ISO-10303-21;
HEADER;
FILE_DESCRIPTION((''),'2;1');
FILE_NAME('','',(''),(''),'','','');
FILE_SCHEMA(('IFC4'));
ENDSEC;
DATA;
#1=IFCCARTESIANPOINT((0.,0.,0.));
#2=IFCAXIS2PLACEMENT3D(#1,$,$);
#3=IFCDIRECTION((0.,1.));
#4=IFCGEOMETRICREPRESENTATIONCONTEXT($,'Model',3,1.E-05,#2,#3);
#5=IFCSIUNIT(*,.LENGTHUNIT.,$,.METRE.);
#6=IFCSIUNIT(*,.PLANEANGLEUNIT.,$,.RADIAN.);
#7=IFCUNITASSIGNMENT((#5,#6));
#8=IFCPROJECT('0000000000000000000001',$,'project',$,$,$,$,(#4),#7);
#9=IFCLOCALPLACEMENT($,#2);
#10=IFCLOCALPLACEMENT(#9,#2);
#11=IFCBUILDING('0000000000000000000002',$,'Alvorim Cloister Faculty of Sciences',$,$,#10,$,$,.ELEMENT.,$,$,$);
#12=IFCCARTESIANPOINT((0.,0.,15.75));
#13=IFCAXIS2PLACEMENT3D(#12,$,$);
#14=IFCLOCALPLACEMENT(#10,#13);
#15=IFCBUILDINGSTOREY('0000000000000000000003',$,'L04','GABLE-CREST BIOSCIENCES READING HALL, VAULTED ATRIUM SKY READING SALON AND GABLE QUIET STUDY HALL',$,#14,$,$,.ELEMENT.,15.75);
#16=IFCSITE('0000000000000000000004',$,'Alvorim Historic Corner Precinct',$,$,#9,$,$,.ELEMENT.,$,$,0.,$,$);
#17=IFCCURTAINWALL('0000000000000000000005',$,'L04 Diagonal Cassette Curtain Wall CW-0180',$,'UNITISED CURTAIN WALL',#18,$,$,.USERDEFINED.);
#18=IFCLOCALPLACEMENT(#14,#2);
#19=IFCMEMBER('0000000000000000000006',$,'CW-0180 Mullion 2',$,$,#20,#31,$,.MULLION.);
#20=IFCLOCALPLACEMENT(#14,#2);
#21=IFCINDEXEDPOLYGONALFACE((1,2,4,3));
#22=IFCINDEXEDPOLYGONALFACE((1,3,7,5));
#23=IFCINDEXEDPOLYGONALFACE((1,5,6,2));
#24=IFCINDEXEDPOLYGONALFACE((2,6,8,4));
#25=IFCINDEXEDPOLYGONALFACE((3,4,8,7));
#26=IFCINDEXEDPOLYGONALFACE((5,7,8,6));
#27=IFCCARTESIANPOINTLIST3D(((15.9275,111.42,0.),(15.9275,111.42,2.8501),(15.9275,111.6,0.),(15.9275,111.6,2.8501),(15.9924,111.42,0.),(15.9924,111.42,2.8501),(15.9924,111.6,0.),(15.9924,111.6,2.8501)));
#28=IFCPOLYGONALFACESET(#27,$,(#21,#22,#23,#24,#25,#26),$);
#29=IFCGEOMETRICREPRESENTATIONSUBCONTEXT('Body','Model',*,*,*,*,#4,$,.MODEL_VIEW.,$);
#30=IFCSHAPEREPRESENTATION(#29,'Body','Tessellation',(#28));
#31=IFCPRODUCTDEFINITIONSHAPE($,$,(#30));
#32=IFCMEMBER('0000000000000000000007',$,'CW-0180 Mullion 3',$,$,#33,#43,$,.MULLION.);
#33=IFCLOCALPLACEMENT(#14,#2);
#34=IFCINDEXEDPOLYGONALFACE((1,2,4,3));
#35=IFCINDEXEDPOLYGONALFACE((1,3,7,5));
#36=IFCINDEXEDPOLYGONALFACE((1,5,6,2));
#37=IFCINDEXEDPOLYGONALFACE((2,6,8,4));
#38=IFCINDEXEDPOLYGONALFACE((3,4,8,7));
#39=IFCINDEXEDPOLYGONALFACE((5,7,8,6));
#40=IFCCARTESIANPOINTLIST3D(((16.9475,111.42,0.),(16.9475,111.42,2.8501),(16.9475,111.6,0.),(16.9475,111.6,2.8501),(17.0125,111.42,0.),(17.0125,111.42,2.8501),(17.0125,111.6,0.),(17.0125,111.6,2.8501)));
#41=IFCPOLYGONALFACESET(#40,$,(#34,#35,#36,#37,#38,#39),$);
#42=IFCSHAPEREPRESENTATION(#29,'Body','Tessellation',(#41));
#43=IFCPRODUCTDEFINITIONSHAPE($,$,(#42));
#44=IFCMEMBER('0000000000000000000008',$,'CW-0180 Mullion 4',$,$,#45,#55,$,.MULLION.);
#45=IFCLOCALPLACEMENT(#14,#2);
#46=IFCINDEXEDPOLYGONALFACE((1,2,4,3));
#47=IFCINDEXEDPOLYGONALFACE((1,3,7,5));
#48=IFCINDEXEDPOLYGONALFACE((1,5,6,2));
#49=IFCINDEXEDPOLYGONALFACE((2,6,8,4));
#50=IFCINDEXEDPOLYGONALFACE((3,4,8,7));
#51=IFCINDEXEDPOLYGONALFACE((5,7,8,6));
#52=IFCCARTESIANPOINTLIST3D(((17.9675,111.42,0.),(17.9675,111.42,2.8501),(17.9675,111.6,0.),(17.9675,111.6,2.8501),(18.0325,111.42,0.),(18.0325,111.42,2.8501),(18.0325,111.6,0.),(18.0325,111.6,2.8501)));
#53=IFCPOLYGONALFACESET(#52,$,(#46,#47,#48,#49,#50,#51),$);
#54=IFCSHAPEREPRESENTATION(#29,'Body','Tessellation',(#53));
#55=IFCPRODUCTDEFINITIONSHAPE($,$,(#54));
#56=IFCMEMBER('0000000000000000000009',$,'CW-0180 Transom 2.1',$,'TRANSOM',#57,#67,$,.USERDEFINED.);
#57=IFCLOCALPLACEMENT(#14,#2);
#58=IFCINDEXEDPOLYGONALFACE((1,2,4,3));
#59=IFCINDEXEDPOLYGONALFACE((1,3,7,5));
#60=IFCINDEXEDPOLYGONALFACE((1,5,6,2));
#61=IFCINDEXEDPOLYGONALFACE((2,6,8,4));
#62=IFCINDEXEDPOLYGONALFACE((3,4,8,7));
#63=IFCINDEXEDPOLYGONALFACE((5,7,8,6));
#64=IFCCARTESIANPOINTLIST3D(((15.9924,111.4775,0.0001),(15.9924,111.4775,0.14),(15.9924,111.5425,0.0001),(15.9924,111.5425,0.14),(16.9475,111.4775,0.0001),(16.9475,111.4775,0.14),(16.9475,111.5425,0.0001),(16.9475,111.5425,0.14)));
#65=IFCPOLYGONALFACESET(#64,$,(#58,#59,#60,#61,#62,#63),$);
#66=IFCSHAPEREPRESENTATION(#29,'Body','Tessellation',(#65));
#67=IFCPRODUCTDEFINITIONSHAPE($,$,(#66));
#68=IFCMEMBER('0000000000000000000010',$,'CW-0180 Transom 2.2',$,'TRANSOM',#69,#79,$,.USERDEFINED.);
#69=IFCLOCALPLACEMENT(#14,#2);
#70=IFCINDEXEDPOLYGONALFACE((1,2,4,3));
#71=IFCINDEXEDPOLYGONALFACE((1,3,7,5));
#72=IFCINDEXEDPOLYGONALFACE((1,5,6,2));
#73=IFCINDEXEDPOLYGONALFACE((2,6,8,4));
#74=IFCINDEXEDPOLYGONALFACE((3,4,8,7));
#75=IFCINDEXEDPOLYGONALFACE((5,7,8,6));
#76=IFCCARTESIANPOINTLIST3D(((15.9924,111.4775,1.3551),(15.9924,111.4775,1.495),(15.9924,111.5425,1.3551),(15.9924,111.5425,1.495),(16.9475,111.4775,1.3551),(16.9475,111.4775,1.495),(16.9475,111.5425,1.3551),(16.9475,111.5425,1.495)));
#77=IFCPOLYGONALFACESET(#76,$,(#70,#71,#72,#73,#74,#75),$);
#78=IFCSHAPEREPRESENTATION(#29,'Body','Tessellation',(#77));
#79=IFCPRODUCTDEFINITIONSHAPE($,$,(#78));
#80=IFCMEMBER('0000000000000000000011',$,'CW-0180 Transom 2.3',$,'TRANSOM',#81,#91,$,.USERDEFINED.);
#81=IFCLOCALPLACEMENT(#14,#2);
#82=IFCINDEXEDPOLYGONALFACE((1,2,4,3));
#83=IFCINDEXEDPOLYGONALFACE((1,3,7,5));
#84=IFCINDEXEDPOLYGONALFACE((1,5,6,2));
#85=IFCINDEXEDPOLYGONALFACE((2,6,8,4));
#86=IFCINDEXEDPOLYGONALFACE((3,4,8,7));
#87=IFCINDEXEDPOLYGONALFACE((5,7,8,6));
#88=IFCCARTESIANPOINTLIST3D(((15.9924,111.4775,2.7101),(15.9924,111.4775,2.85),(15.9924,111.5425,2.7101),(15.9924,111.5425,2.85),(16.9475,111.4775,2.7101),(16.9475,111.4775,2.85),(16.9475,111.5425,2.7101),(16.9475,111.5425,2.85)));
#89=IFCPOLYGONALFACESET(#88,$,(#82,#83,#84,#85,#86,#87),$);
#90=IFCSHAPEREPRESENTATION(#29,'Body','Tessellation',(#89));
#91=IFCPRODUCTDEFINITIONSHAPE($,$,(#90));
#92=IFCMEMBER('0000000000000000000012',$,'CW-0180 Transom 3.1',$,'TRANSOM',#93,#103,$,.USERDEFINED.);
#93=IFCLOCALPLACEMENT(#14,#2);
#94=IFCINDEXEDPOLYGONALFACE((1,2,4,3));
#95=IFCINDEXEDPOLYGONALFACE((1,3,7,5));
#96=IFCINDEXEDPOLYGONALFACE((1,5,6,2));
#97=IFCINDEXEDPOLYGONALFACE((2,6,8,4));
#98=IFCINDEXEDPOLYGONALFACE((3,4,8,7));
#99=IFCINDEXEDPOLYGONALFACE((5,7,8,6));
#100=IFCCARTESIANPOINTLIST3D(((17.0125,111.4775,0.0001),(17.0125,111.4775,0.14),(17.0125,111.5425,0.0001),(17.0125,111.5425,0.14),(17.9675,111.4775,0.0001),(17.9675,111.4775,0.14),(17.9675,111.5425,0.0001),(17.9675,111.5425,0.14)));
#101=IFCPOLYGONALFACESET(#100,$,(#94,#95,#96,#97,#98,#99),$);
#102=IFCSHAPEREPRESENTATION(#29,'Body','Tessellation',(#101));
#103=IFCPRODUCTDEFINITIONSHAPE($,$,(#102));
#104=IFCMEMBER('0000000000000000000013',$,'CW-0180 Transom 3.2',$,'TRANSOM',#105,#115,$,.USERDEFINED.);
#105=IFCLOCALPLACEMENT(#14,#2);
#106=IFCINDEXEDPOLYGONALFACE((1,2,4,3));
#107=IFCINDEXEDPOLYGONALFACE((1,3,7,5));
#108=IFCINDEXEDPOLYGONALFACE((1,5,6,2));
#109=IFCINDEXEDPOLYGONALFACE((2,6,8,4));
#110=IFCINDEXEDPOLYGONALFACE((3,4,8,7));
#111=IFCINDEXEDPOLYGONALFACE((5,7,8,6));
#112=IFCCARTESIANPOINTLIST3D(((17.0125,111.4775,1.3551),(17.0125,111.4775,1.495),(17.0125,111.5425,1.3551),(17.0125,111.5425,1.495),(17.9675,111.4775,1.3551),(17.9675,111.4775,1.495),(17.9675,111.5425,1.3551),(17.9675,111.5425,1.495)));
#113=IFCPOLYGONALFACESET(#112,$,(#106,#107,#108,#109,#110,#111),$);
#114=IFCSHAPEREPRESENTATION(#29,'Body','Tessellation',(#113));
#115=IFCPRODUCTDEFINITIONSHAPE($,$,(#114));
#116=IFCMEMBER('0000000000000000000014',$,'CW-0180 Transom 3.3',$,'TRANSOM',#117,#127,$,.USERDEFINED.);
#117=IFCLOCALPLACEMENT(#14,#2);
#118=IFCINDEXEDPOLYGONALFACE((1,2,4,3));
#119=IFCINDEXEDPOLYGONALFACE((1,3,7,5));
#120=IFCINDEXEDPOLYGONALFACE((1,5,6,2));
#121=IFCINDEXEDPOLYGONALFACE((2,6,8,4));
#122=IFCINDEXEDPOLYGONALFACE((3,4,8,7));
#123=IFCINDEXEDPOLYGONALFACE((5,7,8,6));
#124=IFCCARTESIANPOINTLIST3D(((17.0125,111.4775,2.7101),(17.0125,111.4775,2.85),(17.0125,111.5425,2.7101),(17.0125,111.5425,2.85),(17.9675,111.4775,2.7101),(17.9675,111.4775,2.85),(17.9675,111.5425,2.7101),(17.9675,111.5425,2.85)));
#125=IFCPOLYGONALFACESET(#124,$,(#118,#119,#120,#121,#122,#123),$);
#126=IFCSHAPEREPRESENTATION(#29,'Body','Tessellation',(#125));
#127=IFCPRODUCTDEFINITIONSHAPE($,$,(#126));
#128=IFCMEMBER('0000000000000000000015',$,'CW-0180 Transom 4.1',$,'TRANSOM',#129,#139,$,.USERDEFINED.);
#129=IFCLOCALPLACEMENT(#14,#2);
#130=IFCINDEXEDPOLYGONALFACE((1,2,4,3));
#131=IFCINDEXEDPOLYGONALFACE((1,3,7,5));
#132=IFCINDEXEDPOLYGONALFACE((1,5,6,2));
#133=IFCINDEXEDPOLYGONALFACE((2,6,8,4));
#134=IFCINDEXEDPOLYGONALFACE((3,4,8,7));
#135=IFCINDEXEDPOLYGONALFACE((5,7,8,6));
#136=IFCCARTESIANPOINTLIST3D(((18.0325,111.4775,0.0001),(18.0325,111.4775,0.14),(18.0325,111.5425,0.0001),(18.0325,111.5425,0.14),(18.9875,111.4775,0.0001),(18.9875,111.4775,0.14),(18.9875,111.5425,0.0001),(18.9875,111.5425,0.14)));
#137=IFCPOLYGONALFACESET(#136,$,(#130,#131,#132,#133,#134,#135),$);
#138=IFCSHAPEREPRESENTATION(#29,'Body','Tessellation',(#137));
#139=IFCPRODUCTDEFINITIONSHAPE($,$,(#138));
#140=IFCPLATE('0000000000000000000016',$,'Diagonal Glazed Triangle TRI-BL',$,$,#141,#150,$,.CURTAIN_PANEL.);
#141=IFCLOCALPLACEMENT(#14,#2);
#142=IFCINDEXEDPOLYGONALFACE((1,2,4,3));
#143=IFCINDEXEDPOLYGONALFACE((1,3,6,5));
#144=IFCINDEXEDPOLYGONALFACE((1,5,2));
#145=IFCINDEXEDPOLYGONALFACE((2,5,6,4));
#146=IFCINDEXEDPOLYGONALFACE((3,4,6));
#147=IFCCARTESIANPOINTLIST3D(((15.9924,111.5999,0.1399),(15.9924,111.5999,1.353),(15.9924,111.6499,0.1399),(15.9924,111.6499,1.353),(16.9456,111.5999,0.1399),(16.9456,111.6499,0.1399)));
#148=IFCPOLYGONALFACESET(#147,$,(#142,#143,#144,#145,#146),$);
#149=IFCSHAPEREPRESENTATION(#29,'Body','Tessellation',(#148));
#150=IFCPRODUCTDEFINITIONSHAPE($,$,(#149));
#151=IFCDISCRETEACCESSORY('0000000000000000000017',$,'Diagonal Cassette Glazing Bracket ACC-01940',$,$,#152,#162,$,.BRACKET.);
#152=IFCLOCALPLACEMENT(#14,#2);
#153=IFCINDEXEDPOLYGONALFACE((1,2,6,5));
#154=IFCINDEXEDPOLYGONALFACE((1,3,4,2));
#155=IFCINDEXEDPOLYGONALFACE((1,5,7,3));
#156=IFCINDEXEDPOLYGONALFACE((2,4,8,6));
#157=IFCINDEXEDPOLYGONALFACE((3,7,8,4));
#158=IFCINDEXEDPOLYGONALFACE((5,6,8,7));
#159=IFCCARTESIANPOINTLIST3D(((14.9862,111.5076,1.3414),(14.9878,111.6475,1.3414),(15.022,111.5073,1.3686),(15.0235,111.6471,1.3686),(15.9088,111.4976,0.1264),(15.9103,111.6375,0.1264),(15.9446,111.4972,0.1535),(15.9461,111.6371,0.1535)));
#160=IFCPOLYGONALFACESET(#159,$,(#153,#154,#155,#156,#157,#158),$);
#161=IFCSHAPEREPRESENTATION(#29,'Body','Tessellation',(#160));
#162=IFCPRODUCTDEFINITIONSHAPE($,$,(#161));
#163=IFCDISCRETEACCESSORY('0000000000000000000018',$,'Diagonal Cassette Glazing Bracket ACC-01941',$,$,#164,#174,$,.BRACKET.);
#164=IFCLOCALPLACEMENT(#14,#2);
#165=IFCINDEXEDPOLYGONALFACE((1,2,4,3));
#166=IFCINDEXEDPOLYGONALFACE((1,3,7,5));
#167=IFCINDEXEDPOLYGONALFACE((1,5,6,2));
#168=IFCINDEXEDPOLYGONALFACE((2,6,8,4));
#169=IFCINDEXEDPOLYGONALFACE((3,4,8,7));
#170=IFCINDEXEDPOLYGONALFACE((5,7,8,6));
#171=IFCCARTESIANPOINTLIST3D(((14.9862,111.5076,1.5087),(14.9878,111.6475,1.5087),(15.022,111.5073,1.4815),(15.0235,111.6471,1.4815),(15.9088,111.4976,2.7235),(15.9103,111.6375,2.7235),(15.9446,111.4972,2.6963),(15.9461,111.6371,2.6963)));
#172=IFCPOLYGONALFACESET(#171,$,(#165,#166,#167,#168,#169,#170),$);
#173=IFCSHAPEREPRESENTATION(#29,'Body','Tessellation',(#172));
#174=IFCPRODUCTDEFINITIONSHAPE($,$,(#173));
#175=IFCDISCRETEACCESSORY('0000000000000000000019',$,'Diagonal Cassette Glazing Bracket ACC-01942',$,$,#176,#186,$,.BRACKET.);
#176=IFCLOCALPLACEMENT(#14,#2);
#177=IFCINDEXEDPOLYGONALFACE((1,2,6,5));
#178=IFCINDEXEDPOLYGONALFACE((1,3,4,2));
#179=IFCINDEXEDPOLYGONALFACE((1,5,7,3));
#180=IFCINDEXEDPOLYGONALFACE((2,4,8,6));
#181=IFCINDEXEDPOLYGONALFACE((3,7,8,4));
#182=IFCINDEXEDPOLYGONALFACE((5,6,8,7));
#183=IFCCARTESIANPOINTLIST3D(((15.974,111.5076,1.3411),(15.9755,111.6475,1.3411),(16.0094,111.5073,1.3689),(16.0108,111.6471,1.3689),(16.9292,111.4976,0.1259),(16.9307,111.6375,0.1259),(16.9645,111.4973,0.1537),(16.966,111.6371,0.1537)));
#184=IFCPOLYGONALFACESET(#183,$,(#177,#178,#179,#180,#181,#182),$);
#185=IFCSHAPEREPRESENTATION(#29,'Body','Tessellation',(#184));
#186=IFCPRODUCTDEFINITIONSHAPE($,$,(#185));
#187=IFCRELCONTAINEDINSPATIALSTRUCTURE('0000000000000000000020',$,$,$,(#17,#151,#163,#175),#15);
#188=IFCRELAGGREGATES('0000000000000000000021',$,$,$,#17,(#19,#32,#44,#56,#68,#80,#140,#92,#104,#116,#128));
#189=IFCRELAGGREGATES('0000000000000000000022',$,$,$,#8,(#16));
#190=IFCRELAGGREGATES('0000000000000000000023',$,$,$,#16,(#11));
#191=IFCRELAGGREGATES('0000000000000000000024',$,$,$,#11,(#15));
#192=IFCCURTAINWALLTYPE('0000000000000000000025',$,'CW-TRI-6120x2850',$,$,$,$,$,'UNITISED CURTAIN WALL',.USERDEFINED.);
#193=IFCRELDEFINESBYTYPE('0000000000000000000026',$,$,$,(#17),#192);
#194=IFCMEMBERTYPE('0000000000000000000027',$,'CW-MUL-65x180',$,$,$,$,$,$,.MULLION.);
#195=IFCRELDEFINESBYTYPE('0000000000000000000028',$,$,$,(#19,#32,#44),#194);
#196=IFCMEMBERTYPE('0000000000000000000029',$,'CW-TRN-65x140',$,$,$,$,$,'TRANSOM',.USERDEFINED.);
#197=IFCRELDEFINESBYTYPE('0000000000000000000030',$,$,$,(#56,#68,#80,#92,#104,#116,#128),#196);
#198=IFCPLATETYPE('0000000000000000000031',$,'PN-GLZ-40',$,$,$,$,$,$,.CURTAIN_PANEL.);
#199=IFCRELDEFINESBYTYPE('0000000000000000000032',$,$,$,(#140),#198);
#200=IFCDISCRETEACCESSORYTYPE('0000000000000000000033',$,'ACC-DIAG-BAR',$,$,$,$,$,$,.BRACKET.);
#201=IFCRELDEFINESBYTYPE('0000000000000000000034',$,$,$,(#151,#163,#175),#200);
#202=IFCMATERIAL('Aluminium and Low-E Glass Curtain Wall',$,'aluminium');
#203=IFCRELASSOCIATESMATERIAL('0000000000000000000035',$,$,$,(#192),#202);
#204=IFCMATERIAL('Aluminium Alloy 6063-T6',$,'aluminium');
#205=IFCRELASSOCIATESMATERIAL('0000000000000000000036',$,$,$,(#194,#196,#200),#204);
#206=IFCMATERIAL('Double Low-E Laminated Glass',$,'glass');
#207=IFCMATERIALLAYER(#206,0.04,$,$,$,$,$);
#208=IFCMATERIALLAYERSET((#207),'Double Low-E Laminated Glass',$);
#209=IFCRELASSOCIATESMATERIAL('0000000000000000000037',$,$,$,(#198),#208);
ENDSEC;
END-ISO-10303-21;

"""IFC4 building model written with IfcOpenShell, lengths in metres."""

from ifc_helpers import new_model, si_unit, direction, frame, origin, origin_2d, place, context, subcontext, project, spatial, polyline, rectangle, outline, extrude, material, layer, layer_set, material_profile, profile_set, type_object, element, aggregate, save


model = new_model("IFC4")

# Units and contexts
model_context = context("Model", 3, precision=1e-05, world=origin(), true_north=direction((0.0, 1.0)))
body_context = subcontext(model_context, "Body", "Model", "MODEL_VIEW")
ifc_project = project(units=[si_unit("LENGTHUNIT", "METRE"), si_unit("PLANEANGLEUNIT", "RADIAN")], contexts=[model_context])

# Site, building, storey
site_placement = place(None, origin())
site = spatial("IfcSite", under=ifc_project, at=site_placement, Name="Alvorim Historic Corner Precinct", CompositionType="ELEMENT", RefElevation=0.0)
building_placement = place(site_placement, origin())
building = spatial("IfcBuilding", under=site, at=building_placement, Name="Alvorim Cloister Faculty of Sciences", CompositionType="ELEMENT")
storey_placement = place(building_placement, frame((0.0, 0.0, 15.75)))
storey = spatial("IfcBuildingStorey", under=building, at=storey_placement, Name="L04", Description="GABLE-CREST BIOSCIENCES READING HALL, VAULTED ATRIUM SKY READING SALON AND GABLE QUIET STUDY HALL", CompositionType="ELEMENT", Elevation=15.75)

# Curtain wall, members, plate
ifc_material_1 = material(Name="Aluminium and Low-E Glass Curtain Wall", Category="aluminium")
curtain_wall_type = type_object("IfcCurtainWallType", Name="CW-TRI-6120x2850", ElementType="UNITISED CURTAIN WALL", PredefinedType="USERDEFINED", material=ifc_material_1)
curtain_wall_placement = place(storey_placement, origin())
curtain_wall = element("IfcCurtainWall", 1, at=curtain_wall_placement, inside=storey, type_object=curtain_wall_type, Name="L04 Diagonal Cassette Curtain Wall CW-0180", ObjectType="UNITISED CURTAIN WALL", PredefinedType="USERDEFINED")
ifc_material_2 = material(Name="Aluminium Alloy 6063-T6", Category="aluminium")
ifc_material_profile_1 = material_profile(ifc_material_2, rectangle(XDim=0.0649, YDim=0.1799, at=origin_2d()), Name="ALU-MUL-65x180")
ifc_profile_set_1 = profile_set([ifc_material_profile_1], Name="Aluminium Alloy 6063-T6")
member_type_1 = type_object("IfcMemberType", Name="CW-MUL-65x180", PredefinedType="MULLION", material=ifc_profile_set_1)
member_1_placement = place(storey_placement, frame((15.96, 111.51, 0.0), z_axis=(0.0, 0.0, 1.0), x_axis=(1.0, 0.0, 0.0)))
member_1 = element("IfcMember", 2, at=member_1_placement, type_object=member_type_1, Name="CW-0180 Mullion 2", PredefinedType="MULLION", context=body_context, shape_type="SweptSolid", body=[
    extrude(rectangle(XDim=0.0649, YDim=0.1799, at=origin_2d()), origin(), (0.0, 0.0, 1.0), 2.8501),
])
member_2_placement = place(storey_placement, frame((16.98, 111.51, 0.0), z_axis=(0.0, 0.0, 1.0), x_axis=(1.0, 0.0, 0.0)))
member_2 = element("IfcMember", 3, at=member_2_placement, type_object=member_type_1, Name="CW-0180 Mullion 3", PredefinedType="MULLION", context=body_context, shape_type="SweptSolid", body=[
    extrude(rectangle(XDim=0.0649, YDim=0.1799, at=origin_2d()), origin(), (0.0, 0.0, 1.0), 2.8501),
])
member_3_placement = place(storey_placement, frame((18.0, 111.51, 0.0), z_axis=(0.0, 0.0, 1.0), x_axis=(1.0, 0.0, 0.0)))
member_3 = element("IfcMember", 4, at=member_3_placement, type_object=member_type_1, Name="CW-0180 Mullion 4", PredefinedType="MULLION", context=body_context, shape_type="SweptSolid", body=[
    extrude(rectangle(XDim=0.0649, YDim=0.1799, at=origin_2d()), origin(), (0.0, 0.0, 1.0), 2.8501),
])
ifc_material_profile_2 = material_profile(ifc_material_2, rectangle(XDim=0.0649, YDim=0.1399, at=origin_2d()), Name="ALU-TRN-65x140")
ifc_profile_set_2 = profile_set([ifc_material_profile_2], Name="Aluminium Alloy 6063-T6")
member_type_2 = type_object("IfcMemberType", Name="CW-TRN-65x140", ElementType="TRANSOM", PredefinedType="USERDEFINED", material=ifc_profile_set_2)
member_4_placement = place(storey_placement, frame((15.9924, 111.51, 0.0701), z_axis=(1.0, 0.0, 0.0), x_axis=(0.0, 1.0, 0.0)))
member_4 = element("IfcMember", 5, at=member_4_placement, type_object=member_type_2, Name="CW-0180 Transom 2.1", ObjectType="TRANSOM", PredefinedType="USERDEFINED", context=body_context, shape_type="SweptSolid", body=[
    extrude(rectangle(XDim=0.0649, YDim=0.1399, at=origin_2d()), origin(), (0.0, 0.0, 1.0), 0.9551),
])
member_5_placement = place(storey_placement, frame((15.9924, 111.51, 1.425), z_axis=(1.0, 0.0, 0.0), x_axis=(0.0, 1.0, 0.0)))
member_5 = element("IfcMember", 6, at=member_5_placement, type_object=member_type_2, Name="CW-0180 Transom 2.2", ObjectType="TRANSOM", PredefinedType="USERDEFINED", context=body_context, shape_type="SweptSolid", body=[
    extrude(rectangle(XDim=0.0649, YDim=0.1399, at=origin_2d()), origin(), (0.0, 0.0, 1.0), 0.9551),
])
member_6_placement = place(storey_placement, frame((15.9924, 111.51, 2.78), z_axis=(1.0, 0.0, 0.0), x_axis=(0.0, 1.0, 0.0)))
member_6 = element("IfcMember", 7, at=member_6_placement, type_object=member_type_2, Name="CW-0180 Transom 2.3", ObjectType="TRANSOM", PredefinedType="USERDEFINED", context=body_context, shape_type="SweptSolid", body=[
    extrude(rectangle(XDim=0.0649, YDim=0.1399, at=origin_2d()), origin(), (0.0, 0.0, 1.0), 0.9551),
])
member_7_placement = place(storey_placement, frame((17.0125, 111.51, 0.0701), z_axis=(1.0, 0.0, 0.0), x_axis=(0.0, 1.0, 0.0)))
member_7 = element("IfcMember", 8, at=member_7_placement, type_object=member_type_2, Name="CW-0180 Transom 3.1", ObjectType="TRANSOM", PredefinedType="USERDEFINED", context=body_context, shape_type="SweptSolid", body=[
    extrude(rectangle(XDim=0.0649, YDim=0.1399, at=origin_2d()), origin(), (0.0, 0.0, 1.0), 0.9551),
])
member_8_placement = place(storey_placement, frame((17.0125, 111.51, 1.425), z_axis=(1.0, 0.0, 0.0), x_axis=(0.0, 1.0, 0.0)))
member_8 = element("IfcMember", 9, at=member_8_placement, type_object=member_type_2, Name="CW-0180 Transom 3.2", ObjectType="TRANSOM", PredefinedType="USERDEFINED", context=body_context, shape_type="SweptSolid", body=[
    extrude(rectangle(XDim=0.0649, YDim=0.1399, at=origin_2d()), origin(), (0.0, 0.0, 1.0), 0.9551),
])
member_9_placement = place(storey_placement, frame((17.0125, 111.51, 2.78), z_axis=(1.0, 0.0, 0.0), x_axis=(0.0, 1.0, 0.0)))
member_9 = element("IfcMember", 10, at=member_9_placement, type_object=member_type_2, Name="CW-0180 Transom 3.3", ObjectType="TRANSOM", PredefinedType="USERDEFINED", context=body_context, shape_type="SweptSolid", body=[
    extrude(rectangle(XDim=0.0649, YDim=0.1399, at=origin_2d()), origin(), (0.0, 0.0, 1.0), 0.9551),
])
member_10_placement = place(storey_placement, frame((18.0325, 111.51, 0.0701), z_axis=(1.0, 0.0, 0.0), x_axis=(0.0, 1.0, 0.0)))
member_10 = element("IfcMember", 11, at=member_10_placement, type_object=member_type_2, Name="CW-0180 Transom 4.1", ObjectType="TRANSOM", PredefinedType="USERDEFINED", context=body_context, shape_type="SweptSolid", body=[
    extrude(rectangle(XDim=0.0649, YDim=0.1399, at=origin_2d()), origin(), (0.0, 0.0, 1.0), 0.9551),
])
ifc_material_3 = material(Name="Double Low-E Laminated Glass", Category="glass")
ifc_layer = layer(ifc_material_3, 0.04)
ifc_layer_set = layer_set([ifc_layer], Name="Double Low-E Laminated Glass")
plate_type = type_object("IfcPlateType", Name="PN-GLZ-40", PredefinedType="CURTAIN_PANEL", material=ifc_layer_set)
plate_1_placement = place(storey_placement, frame((15.9924, 111.625, 0.1399), z_axis=(0.0, 0.0, 1.0), x_axis=(1.0, 0.0, 0.0)))
plate_1 = element("IfcPlate", 12, at=plate_1_placement, type_object=plate_type, Name="Diagonal Glazed Triangle TRI-BL", PredefinedType="CURTAIN_PANEL", context=body_context, shape_type="SweptSolid", body=[
    extrude(outline(polyline([(0.0, 0.0), (0.9531, 0.0), (0.0, 1.2131), (0.0, 0.0)])), frame((0.0, 0.0249, 0.0), z_axis=(0.0, -1.0, 0.0), x_axis=(1.0, 0.0, 0.0)), (0.0, 0.0, 1.0), 0.05),
])
aggregate(curtain_wall, [member_1, member_2, member_3, member_4, member_5, member_6, plate_1, member_7, member_8, member_9, member_10])

# Discrete accessories
discrete_accessory_type = type_object("IfcDiscreteAccessoryType", Name="ACC-DIAG-BAR", PredefinedType="BRACKET", material=ifc_material_2)
discrete_accessory_1_placement = place(storey_placement, frame((15.0049, 111.5774, 1.355), z_axis=(0.604713, -0.006561, -0.796416), x_axis=(0.010849, 0.999941, 0.0)))
element("IfcDiscreteAccessory", 13, at=discrete_accessory_1_placement, inside=storey, type_object=discrete_accessory_type, Name="Diagonal Cassette Glazing Bracket ACC-01940", PredefinedType="BRACKET", context=body_context, shape_type="SweptSolid", body=[
    extrude(rectangle(XDim=0.1399, YDim=0.0449, at=origin_2d()), origin(), (0.0, 0.0, 1.0), 1.5256),
])
discrete_accessory_2_placement = place(storey_placement, frame((15.0049, 111.5774, 1.4951), z_axis=(0.60479, -0.006562, 0.796358), x_axis=(0.010849, 0.999941, 0.0)))
element("IfcDiscreteAccessory", 14, at=discrete_accessory_2_placement, inside=storey, type_object=discrete_accessory_type, Name="Diagonal Cassette Glazing Bracket ACC-01941", PredefinedType="BRACKET", context=body_context, shape_type="SweptSolid", body=[
    extrude(rectangle(XDim=0.1399, YDim=0.0449, at=origin_2d()), origin(), (0.0, 0.0, 1.0), 1.5254),
])
discrete_accessory_3_placement = place(storey_placement, frame((15.9924, 111.5774, 1.355), z_axis=(0.617955, -0.006477, -0.786187), x_axis=(0.01048, 0.999945, 0.0)))
element("IfcDiscreteAccessory", 15, at=discrete_accessory_3_placement, inside=storey, type_object=discrete_accessory_type, Name="Diagonal Cassette Glazing Bracket ACC-01942", PredefinedType="BRACKET", context=body_context, shape_type="SweptSolid", body=[
    extrude(rectangle(XDim=0.1399, YDim=0.0449, at=origin_2d()), origin(), (0.0, 0.0, 1.0), 1.5457),
])

save(model, "model.ifc")
